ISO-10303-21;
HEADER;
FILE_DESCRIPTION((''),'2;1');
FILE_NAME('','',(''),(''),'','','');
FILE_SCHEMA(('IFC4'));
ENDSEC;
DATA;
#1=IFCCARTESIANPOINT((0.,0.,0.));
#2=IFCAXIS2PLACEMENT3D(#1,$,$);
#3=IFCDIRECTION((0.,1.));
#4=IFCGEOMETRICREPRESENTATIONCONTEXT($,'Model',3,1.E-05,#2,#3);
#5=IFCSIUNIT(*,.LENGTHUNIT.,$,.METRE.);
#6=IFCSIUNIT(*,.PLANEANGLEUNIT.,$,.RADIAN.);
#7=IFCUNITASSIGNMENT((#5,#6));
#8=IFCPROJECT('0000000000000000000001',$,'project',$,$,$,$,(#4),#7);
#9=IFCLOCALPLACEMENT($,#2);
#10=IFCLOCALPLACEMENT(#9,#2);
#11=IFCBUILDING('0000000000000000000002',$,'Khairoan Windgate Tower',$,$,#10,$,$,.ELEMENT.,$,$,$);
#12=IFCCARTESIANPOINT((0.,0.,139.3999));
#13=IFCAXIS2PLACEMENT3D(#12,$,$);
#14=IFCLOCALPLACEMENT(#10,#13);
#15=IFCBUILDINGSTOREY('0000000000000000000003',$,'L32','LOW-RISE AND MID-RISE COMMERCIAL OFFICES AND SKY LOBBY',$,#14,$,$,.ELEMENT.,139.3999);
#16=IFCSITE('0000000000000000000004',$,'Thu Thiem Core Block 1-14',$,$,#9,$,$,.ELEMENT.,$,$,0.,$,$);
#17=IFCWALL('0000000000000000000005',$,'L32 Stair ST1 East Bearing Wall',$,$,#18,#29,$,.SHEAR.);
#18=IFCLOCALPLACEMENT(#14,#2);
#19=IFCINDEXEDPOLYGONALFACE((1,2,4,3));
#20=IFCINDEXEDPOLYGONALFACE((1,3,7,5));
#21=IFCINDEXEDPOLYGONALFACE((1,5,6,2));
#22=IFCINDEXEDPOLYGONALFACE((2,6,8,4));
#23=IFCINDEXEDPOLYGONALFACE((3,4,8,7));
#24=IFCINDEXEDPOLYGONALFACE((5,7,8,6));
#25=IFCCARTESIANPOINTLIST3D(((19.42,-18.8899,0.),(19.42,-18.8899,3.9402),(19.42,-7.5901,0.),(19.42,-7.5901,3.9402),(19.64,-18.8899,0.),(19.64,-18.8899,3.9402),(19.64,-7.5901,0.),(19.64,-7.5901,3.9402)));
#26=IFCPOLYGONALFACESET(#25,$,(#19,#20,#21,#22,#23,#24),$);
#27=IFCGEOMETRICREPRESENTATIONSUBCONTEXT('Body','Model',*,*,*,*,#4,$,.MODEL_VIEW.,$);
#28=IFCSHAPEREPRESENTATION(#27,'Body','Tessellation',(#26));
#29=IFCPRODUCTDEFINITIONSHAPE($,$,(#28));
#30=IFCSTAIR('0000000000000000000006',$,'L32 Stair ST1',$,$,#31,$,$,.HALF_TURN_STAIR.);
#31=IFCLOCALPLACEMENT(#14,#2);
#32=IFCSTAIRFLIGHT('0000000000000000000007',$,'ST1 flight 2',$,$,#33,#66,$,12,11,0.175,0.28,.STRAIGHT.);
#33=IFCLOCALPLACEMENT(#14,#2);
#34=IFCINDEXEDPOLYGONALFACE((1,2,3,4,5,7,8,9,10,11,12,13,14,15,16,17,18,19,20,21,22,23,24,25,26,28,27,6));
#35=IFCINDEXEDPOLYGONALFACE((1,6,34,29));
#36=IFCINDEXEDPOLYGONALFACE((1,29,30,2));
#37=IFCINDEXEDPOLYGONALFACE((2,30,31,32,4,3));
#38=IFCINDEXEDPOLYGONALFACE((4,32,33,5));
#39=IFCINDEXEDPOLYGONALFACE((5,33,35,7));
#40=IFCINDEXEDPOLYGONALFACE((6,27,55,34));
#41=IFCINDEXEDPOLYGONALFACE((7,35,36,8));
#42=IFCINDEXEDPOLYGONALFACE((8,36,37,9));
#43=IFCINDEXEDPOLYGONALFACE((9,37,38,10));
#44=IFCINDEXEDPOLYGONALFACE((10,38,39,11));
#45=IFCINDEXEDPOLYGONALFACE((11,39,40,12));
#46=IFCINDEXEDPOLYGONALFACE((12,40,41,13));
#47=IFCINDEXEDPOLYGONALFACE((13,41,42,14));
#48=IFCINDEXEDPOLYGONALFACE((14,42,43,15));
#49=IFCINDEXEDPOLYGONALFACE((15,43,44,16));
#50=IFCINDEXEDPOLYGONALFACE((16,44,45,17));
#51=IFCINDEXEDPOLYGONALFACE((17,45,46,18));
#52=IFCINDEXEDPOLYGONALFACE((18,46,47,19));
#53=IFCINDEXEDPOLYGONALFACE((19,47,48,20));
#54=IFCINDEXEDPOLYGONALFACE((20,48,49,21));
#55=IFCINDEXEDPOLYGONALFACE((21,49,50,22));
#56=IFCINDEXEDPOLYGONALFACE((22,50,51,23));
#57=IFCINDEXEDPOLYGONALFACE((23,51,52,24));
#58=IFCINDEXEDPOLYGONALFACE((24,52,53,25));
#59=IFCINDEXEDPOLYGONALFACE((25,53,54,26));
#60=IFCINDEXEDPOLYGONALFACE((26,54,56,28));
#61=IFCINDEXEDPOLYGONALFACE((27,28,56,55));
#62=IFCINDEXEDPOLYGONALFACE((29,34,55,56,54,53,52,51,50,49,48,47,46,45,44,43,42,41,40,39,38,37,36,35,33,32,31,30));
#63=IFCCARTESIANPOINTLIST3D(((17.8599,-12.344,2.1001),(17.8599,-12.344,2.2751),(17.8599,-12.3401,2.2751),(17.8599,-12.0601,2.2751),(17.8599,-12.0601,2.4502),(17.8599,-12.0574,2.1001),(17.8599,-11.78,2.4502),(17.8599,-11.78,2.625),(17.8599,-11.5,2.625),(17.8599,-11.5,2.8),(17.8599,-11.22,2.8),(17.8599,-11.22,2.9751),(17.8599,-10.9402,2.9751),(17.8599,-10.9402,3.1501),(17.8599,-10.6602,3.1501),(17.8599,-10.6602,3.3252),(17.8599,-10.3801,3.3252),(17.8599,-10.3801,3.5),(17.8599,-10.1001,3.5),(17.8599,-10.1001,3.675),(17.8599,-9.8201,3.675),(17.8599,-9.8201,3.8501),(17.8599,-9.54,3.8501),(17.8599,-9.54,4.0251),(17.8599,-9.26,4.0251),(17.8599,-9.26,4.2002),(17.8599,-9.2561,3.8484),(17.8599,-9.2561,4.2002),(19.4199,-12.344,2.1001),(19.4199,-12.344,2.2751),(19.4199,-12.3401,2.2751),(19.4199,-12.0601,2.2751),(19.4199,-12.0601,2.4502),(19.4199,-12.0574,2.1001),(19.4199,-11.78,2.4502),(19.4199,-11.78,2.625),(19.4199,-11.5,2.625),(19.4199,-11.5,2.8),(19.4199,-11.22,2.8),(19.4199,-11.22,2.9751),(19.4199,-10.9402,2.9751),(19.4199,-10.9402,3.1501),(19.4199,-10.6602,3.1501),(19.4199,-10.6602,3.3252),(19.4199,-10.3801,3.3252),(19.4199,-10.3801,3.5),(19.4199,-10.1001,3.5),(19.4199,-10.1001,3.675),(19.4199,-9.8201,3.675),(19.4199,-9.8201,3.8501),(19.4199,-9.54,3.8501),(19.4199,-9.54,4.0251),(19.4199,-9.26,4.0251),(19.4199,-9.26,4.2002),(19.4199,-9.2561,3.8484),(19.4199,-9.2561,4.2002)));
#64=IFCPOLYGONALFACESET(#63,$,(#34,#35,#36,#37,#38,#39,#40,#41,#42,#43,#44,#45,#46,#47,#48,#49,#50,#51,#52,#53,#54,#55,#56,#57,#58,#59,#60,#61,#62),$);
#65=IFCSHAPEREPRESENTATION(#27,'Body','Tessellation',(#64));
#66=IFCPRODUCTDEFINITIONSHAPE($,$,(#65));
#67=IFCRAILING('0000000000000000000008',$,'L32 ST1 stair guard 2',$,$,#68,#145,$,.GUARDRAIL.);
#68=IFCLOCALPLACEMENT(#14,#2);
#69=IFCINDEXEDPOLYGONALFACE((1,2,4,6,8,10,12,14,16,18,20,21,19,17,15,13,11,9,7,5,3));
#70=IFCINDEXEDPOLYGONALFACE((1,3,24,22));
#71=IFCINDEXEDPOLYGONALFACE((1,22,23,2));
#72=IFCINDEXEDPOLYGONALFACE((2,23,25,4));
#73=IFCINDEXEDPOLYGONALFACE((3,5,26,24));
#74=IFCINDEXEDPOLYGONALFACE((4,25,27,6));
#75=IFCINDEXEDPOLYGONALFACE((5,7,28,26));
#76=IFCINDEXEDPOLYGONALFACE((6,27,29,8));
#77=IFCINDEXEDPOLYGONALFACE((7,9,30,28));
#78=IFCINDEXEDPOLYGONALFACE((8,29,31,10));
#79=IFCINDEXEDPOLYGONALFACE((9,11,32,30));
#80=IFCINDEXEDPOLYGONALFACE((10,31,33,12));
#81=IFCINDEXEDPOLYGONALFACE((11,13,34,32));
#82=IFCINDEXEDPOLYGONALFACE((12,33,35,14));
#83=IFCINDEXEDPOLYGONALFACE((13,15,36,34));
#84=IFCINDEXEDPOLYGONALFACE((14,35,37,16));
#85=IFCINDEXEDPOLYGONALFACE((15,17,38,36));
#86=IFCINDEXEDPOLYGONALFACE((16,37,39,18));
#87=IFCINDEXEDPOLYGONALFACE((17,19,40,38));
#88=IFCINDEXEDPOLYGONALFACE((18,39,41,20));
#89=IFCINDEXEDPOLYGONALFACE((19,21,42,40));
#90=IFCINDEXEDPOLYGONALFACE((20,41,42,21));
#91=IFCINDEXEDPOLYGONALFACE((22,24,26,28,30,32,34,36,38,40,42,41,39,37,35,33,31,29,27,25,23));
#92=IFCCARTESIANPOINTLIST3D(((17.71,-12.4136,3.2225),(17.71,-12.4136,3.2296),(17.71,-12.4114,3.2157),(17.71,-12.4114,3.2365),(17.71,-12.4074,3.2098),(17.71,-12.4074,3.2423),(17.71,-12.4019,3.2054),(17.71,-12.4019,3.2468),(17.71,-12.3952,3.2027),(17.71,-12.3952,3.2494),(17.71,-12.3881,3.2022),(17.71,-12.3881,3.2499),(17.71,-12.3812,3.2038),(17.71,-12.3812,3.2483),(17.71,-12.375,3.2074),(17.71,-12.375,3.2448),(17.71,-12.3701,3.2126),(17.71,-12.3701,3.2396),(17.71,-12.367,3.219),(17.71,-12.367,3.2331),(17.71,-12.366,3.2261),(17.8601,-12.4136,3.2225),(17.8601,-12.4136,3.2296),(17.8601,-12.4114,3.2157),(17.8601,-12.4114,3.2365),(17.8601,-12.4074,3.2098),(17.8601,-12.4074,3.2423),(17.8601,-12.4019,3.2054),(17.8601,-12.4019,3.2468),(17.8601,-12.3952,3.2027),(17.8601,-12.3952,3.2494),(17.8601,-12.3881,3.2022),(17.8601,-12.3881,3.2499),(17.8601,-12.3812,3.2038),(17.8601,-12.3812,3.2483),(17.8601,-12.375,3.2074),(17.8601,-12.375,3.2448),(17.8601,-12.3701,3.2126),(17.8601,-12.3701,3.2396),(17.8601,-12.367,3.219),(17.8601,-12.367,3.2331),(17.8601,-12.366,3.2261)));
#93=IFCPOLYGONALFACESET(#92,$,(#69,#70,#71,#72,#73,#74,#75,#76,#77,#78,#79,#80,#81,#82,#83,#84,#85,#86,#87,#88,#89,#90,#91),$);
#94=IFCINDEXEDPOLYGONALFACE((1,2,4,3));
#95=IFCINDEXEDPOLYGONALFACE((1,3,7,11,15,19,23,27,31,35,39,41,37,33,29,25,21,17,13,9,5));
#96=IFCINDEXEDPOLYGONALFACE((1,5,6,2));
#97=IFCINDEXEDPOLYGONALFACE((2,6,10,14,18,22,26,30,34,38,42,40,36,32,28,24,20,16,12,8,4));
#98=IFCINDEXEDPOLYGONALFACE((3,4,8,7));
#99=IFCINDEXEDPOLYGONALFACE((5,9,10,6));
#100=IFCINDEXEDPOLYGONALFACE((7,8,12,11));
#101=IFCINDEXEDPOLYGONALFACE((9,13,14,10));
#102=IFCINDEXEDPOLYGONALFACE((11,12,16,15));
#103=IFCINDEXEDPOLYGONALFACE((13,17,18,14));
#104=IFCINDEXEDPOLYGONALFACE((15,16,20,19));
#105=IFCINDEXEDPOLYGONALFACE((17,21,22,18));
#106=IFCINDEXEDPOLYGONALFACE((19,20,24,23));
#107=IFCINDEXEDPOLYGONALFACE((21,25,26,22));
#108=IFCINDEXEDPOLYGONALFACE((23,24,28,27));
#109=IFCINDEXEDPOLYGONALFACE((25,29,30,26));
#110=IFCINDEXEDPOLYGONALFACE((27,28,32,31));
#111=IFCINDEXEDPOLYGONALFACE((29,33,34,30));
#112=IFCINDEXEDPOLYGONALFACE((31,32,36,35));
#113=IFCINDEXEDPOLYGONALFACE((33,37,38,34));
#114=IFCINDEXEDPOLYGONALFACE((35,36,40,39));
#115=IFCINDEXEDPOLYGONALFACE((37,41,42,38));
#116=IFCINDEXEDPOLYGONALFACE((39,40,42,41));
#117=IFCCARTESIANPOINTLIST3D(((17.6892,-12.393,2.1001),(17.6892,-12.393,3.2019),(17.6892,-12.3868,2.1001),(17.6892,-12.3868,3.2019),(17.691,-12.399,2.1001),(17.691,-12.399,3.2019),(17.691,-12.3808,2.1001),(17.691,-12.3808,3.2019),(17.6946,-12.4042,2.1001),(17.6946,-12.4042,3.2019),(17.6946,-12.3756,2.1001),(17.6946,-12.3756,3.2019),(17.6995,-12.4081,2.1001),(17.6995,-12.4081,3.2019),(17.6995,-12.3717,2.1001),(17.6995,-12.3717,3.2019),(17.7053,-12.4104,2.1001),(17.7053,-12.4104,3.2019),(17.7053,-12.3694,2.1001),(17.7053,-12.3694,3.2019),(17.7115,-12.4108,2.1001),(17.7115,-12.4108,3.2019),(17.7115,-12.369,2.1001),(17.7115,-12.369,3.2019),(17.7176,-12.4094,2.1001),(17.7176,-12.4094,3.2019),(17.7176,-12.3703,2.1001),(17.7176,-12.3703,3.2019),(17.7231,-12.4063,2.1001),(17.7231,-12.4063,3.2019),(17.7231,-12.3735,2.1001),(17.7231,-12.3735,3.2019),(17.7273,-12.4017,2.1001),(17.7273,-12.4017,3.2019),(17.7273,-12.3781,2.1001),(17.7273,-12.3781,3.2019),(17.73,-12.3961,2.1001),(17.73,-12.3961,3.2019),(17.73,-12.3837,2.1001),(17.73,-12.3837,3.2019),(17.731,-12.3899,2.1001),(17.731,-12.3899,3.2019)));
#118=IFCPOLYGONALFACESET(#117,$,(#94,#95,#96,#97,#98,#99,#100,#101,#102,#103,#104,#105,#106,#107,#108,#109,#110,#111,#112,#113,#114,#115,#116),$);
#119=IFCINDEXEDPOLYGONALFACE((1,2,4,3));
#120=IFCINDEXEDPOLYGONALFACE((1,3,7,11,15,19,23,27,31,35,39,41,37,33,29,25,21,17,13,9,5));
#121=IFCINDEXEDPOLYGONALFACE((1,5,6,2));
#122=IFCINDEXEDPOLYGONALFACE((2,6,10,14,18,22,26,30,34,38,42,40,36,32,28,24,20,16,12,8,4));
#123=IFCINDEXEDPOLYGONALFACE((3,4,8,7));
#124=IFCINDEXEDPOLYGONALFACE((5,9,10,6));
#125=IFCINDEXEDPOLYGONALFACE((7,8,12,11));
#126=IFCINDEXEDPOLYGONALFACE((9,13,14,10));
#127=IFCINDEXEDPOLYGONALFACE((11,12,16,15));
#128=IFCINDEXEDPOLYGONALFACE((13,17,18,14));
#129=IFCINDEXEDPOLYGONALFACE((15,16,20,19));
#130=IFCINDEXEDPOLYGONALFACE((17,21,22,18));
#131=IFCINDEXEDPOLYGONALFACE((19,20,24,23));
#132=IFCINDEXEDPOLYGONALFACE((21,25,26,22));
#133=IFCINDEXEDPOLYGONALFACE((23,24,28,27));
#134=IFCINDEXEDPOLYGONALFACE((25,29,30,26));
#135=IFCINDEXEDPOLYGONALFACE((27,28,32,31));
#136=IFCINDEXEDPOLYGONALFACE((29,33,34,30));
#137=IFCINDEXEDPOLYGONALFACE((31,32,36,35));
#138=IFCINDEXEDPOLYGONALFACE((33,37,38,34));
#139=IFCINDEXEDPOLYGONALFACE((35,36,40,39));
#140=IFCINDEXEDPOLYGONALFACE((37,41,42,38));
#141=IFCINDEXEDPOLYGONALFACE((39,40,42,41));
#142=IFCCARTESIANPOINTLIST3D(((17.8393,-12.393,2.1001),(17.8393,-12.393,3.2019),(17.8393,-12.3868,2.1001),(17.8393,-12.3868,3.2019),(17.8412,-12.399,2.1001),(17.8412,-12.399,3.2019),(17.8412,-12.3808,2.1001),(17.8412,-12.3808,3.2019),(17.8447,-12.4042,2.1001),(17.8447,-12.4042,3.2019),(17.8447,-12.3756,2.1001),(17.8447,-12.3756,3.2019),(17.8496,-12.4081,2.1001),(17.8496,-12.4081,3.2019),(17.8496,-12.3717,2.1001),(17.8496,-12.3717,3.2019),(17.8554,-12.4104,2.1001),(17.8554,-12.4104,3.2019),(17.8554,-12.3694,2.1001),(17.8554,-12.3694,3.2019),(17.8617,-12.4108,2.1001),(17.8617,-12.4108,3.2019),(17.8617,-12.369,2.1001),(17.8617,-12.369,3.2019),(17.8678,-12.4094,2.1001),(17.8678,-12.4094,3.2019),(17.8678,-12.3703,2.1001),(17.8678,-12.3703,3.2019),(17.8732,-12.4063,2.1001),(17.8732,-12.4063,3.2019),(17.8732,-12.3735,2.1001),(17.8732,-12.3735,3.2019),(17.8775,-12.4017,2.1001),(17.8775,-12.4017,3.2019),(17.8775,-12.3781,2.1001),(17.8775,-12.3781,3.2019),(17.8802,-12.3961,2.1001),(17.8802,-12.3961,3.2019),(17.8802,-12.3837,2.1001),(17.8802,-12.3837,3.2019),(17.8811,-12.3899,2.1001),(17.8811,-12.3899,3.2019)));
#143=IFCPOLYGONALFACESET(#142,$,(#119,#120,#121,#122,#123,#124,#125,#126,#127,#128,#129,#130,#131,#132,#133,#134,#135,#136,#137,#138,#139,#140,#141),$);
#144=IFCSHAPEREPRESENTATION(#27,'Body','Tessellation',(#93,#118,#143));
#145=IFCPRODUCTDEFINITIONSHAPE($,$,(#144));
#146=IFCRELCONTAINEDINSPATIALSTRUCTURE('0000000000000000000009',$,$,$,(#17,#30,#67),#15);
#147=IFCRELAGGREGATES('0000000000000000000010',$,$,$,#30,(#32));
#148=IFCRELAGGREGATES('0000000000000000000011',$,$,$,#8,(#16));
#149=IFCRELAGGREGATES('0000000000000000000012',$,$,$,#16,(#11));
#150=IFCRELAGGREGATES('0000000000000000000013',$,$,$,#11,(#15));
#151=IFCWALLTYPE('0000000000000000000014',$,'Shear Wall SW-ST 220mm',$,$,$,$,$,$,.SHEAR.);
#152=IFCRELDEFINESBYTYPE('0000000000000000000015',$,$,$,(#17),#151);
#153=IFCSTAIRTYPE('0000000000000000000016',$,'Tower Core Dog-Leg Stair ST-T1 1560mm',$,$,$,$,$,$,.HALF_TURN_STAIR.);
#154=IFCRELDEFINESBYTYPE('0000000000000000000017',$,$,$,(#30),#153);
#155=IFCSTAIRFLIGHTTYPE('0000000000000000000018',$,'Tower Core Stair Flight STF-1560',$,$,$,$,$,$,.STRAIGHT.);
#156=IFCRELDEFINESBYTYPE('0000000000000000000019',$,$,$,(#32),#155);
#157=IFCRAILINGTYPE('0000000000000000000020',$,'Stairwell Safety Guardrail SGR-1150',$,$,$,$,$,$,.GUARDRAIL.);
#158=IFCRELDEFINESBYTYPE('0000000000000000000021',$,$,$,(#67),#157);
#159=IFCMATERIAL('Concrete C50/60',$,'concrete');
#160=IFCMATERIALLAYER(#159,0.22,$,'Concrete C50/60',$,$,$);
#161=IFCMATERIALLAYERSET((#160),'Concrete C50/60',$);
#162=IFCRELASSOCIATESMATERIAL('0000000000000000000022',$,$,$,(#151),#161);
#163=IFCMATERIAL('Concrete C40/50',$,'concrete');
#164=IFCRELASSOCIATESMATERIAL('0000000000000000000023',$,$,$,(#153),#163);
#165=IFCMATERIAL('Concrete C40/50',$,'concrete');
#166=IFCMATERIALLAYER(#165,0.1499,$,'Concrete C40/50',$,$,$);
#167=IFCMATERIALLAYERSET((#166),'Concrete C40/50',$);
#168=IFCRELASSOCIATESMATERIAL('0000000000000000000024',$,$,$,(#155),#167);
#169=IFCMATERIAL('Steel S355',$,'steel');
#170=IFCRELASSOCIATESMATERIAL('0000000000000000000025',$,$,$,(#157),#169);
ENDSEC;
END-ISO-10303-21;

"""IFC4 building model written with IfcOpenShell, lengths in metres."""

from ifc_helpers import new_model, si_unit, direction, frame, frame_2d, origin, origin_2d, place, context, subcontext, project, spatial, polyline, rectangle, circle, outline, extrude, material, layer, layer_set, type_object, element, aggregate, save


model = new_model("IFC4")

# Units and contexts
model_context = context("Model", 3, precision=1e-05, world=origin(), true_north=direction((0.0, 1.0)))
body_context = subcontext(model_context, "Body", "Model", "MODEL_VIEW")
ifc_project = project(units=[si_unit("LENGTHUNIT", "METRE"), si_unit("PLANEANGLEUNIT", "RADIAN")], contexts=[model_context])

# Site, building, storey
site_placement = place(None, origin())
site = spatial("IfcSite", under=ifc_project, at=site_placement, Name="Thu Thiem Core Block 1-14", CompositionType="ELEMENT", RefElevation=0.0)
building_placement = place(site_placement, origin())
building = spatial("IfcBuilding", under=site, at=building_placement, Name="Khairoan Windgate Tower", CompositionType="ELEMENT")
storey_placement = place(building_placement, frame((0.0, 0.0, 139.3999)))
storey = spatial("IfcBuildingStorey", under=building, at=storey_placement, Name="L32", Description="LOW-RISE AND MID-RISE COMMERCIAL OFFICES AND SKY LOBBY", CompositionType="ELEMENT", Elevation=139.3999)

# Wall
ifc_material_1 = material(Name="Concrete C50/60", Category="concrete")
ifc_layer_1 = layer(ifc_material_1, 0.22, Name="Concrete C50/60")
ifc_layer_set_1 = layer_set([ifc_layer_1], Name="Concrete C50/60")
wall_type_1 = type_object("IfcWallType", Name="Shear Wall SW-ST 220mm", PredefinedType="SHEAR", material=ifc_layer_set_1)
for number, where, z_axis, x_axis, name in (
    (1, (19.53, -18.8899, 0.0), (0.0, 0.0, 1.0), (0.0, 1.0, 0.0), "L32 Stair ST1 East Bearing Wall"),
):
    element("IfcWall", number, at=place(storey_placement, frame(where, z_axis=z_axis, x_axis=x_axis)), inside=storey, type_object=wall_type_1, Name=name, PredefinedType="SHEAR", context=body_context, shape_type="SweptSolid", body=[
        extrude(rectangle(XDim=11.2998, YDim=0.22, at=frame_2d((5.6499, 0.0))), origin(), (0.0, 0.0, 1.0), 3.9402),
    ])

# Stair, stair flight
ifc_material_2 = material(Name="Concrete C40/50", Category="concrete")
stair_type = type_object("IfcStairType", Name="Tower Core Dog-Leg Stair ST-T1 1560mm", PredefinedType="HALF_TURN_STAIR", material=ifc_material_2)
stair_placement = place(storey_placement, origin())
stair = element("IfcStair", 2, at=stair_placement, inside=storey, type_object=stair_type, Name="L32 Stair ST1", PredefinedType="HALF_TURN_STAIR")
ifc_material_3 = material(Name="Concrete C40/50", Category="concrete")
ifc_layer_2 = layer(ifc_material_3, 0.1499, Name="Concrete C40/50")
ifc_layer_set_2 = layer_set([ifc_layer_2], Name="Concrete C40/50")
stair_flight_type = type_object("IfcStairFlightType", Name="Tower Core Stair Flight STF-1560", PredefinedType="STRAIGHT", material=ifc_layer_set_2)
stair_flight_placement = place(storey_placement, frame((18.6399, -12.3401, 2.1001), z_axis=(0.0, 0.0, 1.0), x_axis=(0.0, 1.0, 0.0)))
stair_flight = element("IfcStairFlight", 3, at=stair_flight_placement, type_object=stair_flight_type, Name="ST1 flight 2", NumberOfRisers=12, NumberOfTreads=11, PredefinedType="STRAIGHT", RiserHeight=0.175, TreadLength=0.28, context=body_context, shape_type="SweptSolid", body=[
    extrude(outline(polyline([(-0.0039, 0.0), (-0.0039, 0.175), (0.0, 0.175), (0.28, 0.175), (0.28, 0.3501), (0.5601, 0.3501), (0.5601, 0.5249), (0.8401, 0.5249), (0.8401, 0.7), (1.1201, 0.7), (1.1201, 0.875), (1.3999, 0.875), (1.3999, 1.05), (1.6799, 1.05), (1.6799, 1.2251), (1.96, 1.2251), (1.96, 1.3999), (2.24, 1.3999), (2.24, 1.575), (2.52, 1.575), (2.52, 1.75), (2.8, 1.75), (2.8, 1.925), (3.0801, 1.925), (3.0801, 2.1001), (3.084, 2.1001), (3.084, 1.7483), (0.2827, 0.0), (-0.0039, 0.0)])), frame((0.0, 0.78, 0.0), z_axis=(0.0, -1.0, 0.0), x_axis=(1.0, 0.0, 0.0)), (0.0, 0.0, 1.0), 1.5601),
])
aggregate(stair, [stair_flight])

# Railing
ifc_material_4 = material(Name="Steel S355", Category="steel")
railing_type = type_object("IfcRailingType", Name="Stairwell Safety Guardrail SGR-1150", PredefinedType="GUARDRAIL", material=ifc_material_4)
railing_1_placement = place(storey_placement, frame((17.71, -12.3899, 2.1001)))
element("IfcRailing", 4, at=railing_1_placement, inside=storey, type_object=railing_type, Name="L32 ST1 stair guard 2", PredefinedType="GUARDRAIL", context=body_context, shape_type="SweptSolid", body=[
    extrude(circle(Radius=0.0239, at=origin_2d()), frame((0.0, 0.0, 1.126), z_axis=(1.0, 0.0, 0.0), x_axis=(0.0, 1.0, 0.0)), (0.0, 0.0, 1.0), 0.1501),
    extrude(circle(Radius=0.021, at=origin_2d()), origin(), (0.0, 0.0, 1.0), 1.1018),
    extrude(circle(Radius=0.021, at=origin_2d()), frame((0.1501, 0.0, 0.0)), (0.0, 0.0, 1.0), 1.1018),
])

save(model, "model.ifc")
